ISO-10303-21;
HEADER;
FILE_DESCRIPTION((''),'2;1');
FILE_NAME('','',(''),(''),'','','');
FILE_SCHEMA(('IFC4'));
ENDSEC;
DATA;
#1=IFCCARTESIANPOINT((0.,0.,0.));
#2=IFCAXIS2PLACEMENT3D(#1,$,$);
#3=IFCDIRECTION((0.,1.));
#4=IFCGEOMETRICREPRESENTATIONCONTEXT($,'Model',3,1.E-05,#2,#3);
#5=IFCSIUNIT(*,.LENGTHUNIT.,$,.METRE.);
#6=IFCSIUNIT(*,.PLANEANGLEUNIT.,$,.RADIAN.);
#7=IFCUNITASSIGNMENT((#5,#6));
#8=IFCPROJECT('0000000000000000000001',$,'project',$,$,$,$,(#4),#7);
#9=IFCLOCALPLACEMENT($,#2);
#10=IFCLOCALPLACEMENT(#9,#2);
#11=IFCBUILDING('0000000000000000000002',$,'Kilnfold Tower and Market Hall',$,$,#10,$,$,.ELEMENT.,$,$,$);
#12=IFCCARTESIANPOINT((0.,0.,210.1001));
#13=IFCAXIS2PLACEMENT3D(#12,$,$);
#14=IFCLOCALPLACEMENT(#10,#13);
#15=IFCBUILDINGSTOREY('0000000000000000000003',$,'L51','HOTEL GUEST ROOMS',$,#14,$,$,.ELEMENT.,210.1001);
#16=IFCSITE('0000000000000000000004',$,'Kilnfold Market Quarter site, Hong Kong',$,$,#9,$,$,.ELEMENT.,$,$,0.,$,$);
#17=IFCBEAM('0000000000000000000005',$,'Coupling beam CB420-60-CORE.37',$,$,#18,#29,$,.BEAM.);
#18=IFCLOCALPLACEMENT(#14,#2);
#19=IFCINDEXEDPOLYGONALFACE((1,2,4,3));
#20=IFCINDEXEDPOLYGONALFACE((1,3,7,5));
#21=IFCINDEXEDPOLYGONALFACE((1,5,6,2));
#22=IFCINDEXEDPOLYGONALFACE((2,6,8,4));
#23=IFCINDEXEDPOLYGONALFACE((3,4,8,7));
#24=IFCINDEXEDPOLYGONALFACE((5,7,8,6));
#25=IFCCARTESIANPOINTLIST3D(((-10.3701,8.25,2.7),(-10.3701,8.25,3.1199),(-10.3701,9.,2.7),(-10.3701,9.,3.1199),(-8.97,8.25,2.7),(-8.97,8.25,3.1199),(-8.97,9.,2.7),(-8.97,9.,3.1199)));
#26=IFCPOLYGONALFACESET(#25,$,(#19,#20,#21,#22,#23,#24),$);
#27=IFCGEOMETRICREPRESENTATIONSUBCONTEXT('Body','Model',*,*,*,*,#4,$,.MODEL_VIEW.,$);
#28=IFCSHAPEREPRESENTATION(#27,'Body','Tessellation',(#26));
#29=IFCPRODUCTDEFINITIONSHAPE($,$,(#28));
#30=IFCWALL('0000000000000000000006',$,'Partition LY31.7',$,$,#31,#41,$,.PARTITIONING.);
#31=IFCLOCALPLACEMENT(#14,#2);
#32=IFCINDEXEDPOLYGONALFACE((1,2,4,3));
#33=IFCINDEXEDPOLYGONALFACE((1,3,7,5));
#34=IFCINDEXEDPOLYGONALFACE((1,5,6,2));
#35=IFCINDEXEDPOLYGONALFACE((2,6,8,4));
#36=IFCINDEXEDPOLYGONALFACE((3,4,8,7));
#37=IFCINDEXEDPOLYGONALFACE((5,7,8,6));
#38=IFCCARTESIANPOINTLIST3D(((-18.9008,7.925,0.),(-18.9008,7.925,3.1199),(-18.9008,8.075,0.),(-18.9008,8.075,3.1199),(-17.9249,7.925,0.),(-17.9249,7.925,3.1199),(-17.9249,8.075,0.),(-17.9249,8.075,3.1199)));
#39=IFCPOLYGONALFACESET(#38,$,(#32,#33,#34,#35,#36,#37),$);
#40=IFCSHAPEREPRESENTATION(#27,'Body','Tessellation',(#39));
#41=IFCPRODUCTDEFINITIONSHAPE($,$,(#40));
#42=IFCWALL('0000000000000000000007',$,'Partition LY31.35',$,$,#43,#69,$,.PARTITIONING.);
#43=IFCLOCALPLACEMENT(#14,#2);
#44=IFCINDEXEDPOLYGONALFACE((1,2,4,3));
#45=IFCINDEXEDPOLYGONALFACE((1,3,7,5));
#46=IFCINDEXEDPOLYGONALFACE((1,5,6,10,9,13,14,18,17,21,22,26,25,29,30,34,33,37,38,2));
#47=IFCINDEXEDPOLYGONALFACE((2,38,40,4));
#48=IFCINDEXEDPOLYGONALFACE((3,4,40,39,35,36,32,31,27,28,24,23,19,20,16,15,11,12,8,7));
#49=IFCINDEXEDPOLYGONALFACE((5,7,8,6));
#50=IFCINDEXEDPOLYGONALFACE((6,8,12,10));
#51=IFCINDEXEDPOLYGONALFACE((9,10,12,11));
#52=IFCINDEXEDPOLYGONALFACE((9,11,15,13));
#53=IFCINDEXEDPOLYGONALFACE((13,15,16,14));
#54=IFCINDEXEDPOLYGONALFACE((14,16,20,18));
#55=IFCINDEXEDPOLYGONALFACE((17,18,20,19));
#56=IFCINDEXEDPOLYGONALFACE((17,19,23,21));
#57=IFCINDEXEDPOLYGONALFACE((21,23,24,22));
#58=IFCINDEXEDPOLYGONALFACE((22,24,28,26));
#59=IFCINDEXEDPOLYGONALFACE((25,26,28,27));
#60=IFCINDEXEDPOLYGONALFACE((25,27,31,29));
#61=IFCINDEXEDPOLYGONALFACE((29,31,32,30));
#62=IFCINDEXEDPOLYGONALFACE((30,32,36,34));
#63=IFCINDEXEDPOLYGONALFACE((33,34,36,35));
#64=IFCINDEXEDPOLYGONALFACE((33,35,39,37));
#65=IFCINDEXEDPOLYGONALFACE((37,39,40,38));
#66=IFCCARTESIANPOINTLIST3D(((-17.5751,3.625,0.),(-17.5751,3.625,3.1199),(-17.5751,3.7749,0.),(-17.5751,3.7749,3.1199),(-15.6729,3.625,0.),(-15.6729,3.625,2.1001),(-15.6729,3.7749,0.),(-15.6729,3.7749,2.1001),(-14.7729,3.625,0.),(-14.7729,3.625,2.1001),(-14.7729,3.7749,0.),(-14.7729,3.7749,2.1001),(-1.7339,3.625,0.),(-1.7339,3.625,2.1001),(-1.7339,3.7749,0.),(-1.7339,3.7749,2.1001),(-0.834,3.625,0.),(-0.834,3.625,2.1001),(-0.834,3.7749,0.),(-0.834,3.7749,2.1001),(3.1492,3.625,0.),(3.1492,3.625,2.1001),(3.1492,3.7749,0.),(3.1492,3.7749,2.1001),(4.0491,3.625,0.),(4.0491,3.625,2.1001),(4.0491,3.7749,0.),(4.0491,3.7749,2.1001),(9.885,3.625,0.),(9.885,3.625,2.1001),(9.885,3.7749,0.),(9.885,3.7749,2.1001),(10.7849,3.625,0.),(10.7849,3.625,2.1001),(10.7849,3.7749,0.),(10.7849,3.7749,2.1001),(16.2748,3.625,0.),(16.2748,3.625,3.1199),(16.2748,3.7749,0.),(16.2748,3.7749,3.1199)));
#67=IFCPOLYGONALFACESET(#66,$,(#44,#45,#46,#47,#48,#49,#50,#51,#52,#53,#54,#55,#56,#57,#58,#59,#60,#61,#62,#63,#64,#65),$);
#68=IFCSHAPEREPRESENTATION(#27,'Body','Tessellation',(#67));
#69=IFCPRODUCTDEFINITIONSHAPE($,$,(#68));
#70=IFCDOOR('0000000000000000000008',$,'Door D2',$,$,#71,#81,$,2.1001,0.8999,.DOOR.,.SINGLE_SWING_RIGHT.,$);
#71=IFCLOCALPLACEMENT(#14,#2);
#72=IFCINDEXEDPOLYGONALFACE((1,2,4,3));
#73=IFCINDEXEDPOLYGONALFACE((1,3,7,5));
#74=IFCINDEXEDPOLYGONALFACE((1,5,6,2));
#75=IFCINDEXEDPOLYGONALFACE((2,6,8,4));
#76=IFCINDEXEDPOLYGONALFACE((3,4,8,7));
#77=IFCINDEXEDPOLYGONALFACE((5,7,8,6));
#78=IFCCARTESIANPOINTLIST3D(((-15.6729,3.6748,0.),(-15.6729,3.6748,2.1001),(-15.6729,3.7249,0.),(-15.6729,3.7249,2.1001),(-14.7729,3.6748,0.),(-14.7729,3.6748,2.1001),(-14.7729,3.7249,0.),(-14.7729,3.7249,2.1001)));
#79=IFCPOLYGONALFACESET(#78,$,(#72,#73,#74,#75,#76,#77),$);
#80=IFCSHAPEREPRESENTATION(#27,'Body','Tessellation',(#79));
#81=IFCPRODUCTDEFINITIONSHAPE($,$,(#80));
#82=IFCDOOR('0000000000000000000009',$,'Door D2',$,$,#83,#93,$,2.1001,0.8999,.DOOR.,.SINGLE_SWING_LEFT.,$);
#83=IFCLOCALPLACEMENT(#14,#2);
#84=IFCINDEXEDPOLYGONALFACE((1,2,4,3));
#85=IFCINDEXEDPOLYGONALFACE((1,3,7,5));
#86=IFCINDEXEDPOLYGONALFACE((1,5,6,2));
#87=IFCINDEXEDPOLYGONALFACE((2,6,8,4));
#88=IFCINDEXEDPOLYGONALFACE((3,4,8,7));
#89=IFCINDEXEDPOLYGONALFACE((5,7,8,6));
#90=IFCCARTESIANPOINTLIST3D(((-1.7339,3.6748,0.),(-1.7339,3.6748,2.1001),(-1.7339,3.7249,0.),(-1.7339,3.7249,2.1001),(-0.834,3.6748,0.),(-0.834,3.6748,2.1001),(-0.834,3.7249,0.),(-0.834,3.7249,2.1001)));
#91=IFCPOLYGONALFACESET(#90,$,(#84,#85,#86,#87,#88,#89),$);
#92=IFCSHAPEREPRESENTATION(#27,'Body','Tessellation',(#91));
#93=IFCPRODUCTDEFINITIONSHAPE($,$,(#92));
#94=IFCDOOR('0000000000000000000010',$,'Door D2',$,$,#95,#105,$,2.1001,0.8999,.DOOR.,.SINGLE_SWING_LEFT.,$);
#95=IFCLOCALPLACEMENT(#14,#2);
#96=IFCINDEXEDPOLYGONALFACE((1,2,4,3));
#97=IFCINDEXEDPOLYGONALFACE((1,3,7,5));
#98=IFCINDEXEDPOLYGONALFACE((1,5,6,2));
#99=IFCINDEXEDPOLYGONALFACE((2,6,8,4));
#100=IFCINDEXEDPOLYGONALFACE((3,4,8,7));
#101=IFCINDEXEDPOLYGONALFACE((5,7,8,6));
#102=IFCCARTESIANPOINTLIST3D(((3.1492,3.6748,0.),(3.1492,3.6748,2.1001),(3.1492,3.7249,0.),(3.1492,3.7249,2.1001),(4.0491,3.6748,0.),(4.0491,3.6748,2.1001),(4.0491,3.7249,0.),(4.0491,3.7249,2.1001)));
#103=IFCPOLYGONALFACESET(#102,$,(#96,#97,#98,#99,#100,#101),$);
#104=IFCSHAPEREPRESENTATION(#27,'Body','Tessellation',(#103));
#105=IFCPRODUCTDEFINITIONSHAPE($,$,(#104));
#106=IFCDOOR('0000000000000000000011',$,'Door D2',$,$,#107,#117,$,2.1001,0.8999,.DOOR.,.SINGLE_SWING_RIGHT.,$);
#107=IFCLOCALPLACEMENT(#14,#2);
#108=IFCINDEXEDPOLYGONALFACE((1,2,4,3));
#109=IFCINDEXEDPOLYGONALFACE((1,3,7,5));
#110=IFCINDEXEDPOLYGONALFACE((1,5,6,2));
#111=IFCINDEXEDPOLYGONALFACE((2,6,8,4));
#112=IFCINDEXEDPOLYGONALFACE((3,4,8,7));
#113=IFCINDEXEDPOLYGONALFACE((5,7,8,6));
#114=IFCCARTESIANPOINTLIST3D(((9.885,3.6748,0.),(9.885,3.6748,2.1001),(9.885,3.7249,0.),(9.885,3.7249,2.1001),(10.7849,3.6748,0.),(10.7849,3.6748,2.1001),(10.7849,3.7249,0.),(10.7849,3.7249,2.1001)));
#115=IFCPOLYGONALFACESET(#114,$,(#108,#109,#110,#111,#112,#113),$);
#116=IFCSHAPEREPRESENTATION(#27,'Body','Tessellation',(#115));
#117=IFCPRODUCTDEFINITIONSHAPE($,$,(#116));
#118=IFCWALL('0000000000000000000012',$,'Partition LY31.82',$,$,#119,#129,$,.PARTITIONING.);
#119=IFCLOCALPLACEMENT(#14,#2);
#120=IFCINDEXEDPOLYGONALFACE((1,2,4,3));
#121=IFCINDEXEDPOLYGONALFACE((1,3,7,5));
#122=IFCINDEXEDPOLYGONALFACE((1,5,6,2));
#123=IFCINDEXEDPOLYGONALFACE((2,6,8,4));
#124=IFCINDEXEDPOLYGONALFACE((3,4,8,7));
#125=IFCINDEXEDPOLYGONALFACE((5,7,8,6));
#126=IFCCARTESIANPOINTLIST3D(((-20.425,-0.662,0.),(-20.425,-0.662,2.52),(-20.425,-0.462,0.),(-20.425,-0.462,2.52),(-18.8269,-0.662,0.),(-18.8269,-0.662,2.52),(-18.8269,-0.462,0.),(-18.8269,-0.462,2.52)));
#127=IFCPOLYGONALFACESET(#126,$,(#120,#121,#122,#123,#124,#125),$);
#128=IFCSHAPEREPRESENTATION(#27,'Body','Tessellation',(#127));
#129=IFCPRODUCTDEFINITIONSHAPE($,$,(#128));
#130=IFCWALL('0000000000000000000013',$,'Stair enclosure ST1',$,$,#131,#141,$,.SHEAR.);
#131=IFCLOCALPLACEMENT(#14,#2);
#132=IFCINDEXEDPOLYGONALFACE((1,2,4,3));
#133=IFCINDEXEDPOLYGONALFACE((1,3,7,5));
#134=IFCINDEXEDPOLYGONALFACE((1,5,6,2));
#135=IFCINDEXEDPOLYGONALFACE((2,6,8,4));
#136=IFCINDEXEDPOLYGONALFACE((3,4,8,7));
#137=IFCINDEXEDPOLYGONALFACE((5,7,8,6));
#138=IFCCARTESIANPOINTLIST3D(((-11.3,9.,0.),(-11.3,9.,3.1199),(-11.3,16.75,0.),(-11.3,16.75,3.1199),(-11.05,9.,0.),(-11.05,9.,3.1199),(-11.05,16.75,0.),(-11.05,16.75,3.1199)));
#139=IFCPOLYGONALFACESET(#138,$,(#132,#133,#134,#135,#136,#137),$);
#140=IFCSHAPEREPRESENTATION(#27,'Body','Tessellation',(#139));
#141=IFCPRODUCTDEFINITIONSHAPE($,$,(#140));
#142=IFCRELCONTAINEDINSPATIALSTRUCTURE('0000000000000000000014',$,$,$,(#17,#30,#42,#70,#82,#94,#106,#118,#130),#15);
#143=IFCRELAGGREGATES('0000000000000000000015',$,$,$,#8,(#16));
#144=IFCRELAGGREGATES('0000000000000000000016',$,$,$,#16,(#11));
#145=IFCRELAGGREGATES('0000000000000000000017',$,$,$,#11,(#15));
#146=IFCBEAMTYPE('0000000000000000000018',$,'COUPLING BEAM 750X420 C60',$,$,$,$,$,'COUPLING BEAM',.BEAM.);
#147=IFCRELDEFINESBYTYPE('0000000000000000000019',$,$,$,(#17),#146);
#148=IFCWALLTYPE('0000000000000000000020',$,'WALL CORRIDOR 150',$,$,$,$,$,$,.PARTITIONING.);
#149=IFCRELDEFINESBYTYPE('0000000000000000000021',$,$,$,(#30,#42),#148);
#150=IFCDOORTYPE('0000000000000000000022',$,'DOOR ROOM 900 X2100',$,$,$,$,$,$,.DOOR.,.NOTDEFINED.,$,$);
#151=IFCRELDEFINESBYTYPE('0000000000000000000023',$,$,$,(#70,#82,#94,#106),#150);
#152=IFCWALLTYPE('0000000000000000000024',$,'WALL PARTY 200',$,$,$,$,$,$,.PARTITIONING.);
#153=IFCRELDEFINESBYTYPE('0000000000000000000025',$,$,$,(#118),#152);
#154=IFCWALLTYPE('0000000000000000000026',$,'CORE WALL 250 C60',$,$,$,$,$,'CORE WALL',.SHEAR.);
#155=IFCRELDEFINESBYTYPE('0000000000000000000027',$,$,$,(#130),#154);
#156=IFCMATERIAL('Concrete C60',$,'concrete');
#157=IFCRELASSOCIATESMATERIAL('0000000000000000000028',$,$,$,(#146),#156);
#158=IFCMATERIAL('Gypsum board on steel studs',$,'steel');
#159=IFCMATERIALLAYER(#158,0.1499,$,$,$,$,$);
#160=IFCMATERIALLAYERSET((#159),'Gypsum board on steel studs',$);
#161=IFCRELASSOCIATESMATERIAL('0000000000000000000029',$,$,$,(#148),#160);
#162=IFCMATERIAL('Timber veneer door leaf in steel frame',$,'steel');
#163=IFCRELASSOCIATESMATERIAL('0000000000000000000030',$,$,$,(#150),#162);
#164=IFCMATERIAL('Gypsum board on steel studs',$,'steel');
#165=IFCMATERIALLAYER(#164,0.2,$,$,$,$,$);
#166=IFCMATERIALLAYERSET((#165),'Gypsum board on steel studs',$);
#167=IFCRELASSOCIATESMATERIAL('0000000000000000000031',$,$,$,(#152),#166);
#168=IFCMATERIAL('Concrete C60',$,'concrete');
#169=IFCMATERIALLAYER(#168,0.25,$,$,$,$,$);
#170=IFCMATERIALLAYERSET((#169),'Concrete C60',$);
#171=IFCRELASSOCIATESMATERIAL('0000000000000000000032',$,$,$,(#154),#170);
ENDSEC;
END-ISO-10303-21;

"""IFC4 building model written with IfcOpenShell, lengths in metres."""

from ifc_helpers import new_model, si_unit, direction, frame, frame_2d, origin, origin_2d, place, context, subcontext, project, spatial, rectangle, extrude, source, transform, mapped, material, layer, layer_set, material_profile, profile_set, type_object, element, fill, save


model = new_model("IFC4")

# Units and contexts
model_context = context("Model", 3, precision=1e-05, world=origin(), true_north=direction((0.0, 1.0)))
body_context = subcontext(model_context, "Body", "Model", "MODEL_VIEW")
ifc_project = project(units=[si_unit("LENGTHUNIT", "METRE"), si_unit("PLANEANGLEUNIT", "RADIAN")], contexts=[model_context])

# Site, building, storey
site_placement = place(None, origin())
site = spatial("IfcSite", under=ifc_project, at=site_placement, Name="Kilnfold Market Quarter site, Hong Kong", CompositionType="ELEMENT", RefElevation=0.0)
building_placement = place(site_placement, origin())
building = spatial("IfcBuilding", under=site, at=building_placement, Name="Kilnfold Tower and Market Hall", CompositionType="ELEMENT")
storey_placement = place(building_placement, frame((0.0, 0.0, 210.1001)))
storey = spatial("IfcBuildingStorey", under=building, at=storey_placement, Name="L51", Description="HOTEL GUEST ROOMS", CompositionType="ELEMENT", Elevation=210.1001)

# Beam
ifc_material_1 = material(Name="Concrete C60", Category="concrete")
ifc_material_profile = material_profile(ifc_material_1, rectangle(XDim=0.75, YDim=0.4199, at=origin_2d()), Name="RC 750x420")
ifc_profile_set = profile_set([ifc_material_profile], Name="Concrete C60")
beam_type = type_object("IfcBeamType", Name="COUPLING BEAM 750X420 C60", ElementType="COUPLING BEAM", PredefinedType="BEAM", material=ifc_profile_set)
shared_shape_1 = source(origin(), body_context, "Body", "SweptSolid", [
    extrude(rectangle(XDim=0.75, YDim=0.4199, at=origin_2d()), origin(), (0.0, 0.0, 1.0), 1.4001),
])
beam_placement = place(storey_placement, frame((-10.3701, 8.625, 2.9099), z_axis=(1.0, 0.0, 0.0), x_axis=(0.0, 1.0, 0.0)))
element("IfcBeam", 1, at=beam_placement, inside=storey, type_object=beam_type, Name="Coupling beam CB420-60-CORE.37", PredefinedType="BEAM", context=body_context, shape_type="MappedRepresentation", body=[
    mapped(shared_shape_1, transform((0.0, 0.0, 0.0))),
])

# Wall
ifc_material_2 = material(Name="Gypsum board on steel studs", Category="steel")
ifc_layer_1 = layer(ifc_material_2, 0.1499)
ifc_layer_set_1 = layer_set([ifc_layer_1], Name="Gypsum board on steel studs")
wall_type_1 = type_object("IfcWallType", Name="WALL CORRIDOR 150", PredefinedType="PARTITIONING", material=ifc_layer_set_1)
wall_1_placement = place(storey_placement, frame((-17.925, 8.0, 0.0), z_axis=(0.0, 0.0, 1.0), x_axis=(-1.0, 0.0, 0.0)))
element("IfcWall", 2, at=wall_1_placement, inside=storey, type_object=wall_type_1, Name="Partition LY31.7", PredefinedType="PARTITIONING", context=body_context, shape_type="SweptSolid", body=[
    extrude(rectangle(XDim=0.9758, YDim=0.1499, at=frame_2d((0.4878, 0.0))), origin(), (0.0, 0.0, 1.0), 3.1199),
])

# Wall, openings, doors
wall_2_placement = place(storey_placement, frame((-17.575, 3.7, 0.0), z_axis=(0.0, 0.0, 1.0), x_axis=(1.0, 0.0, 0.0)))
wall_2 = element("IfcWall", 3, at=wall_2_placement, inside=storey, type_object=wall_type_1, Name="Partition LY31.35", PredefinedType="PARTITIONING", context=body_context, shape_type="SweptSolid", body=[
    extrude(rectangle(XDim=33.8499, YDim=0.1499, at=frame_2d((16.9248, 0.0))), origin(), (0.0, 0.0, 1.0), 3.1199),
])
opening_1_placement = place(wall_2_placement, frame((1.9021, 0.0, 0.0)))
opening_1 = element("IfcOpeningElement", 4, at=opening_1_placement, cuts=wall_2, PredefinedType="OPENING", context=body_context, shape_type="SweptSolid", body=[
    extrude(rectangle(XDim=0.8999, YDim=2.1001, at=frame_2d((0.45, 1.05))), frame((0.0, 0.085, 0.0), z_axis=(0.0, -1.0, 0.0), x_axis=(1.0, 0.0, 0.0)), (0.0, 0.0, 1.0), 0.1699),
])
opening_2_placement = place(wall_2_placement, frame((15.8411, 0.0, 0.0)))
opening_2 = element("IfcOpeningElement", 5, at=opening_2_placement, cuts=wall_2, PredefinedType="OPENING", context=body_context, shape_type="SweptSolid", body=[
    extrude(rectangle(XDim=0.8999, YDim=2.1001, at=frame_2d((0.45, 1.05))), frame((0.0, 0.085, 0.0), z_axis=(0.0, -1.0, 0.0), x_axis=(1.0, 0.0, 0.0)), (0.0, 0.0, 1.0), 0.1699),
])
opening_3_placement = place(wall_2_placement, frame((20.7241, 0.0, 0.0)))
opening_3 = element("IfcOpeningElement", 6, at=opening_3_placement, cuts=wall_2, PredefinedType="OPENING", context=body_context, shape_type="SweptSolid", body=[
    extrude(rectangle(XDim=0.8999, YDim=2.1001, at=frame_2d((0.45, 1.05))), frame((0.0, 0.085, 0.0), z_axis=(0.0, -1.0, 0.0), x_axis=(1.0, 0.0, 0.0)), (0.0, 0.0, 1.0), 0.1699),
])
opening_4_placement = place(wall_2_placement, frame((27.46, 0.0, 0.0)))
opening_4 = element("IfcOpeningElement", 7, at=opening_4_placement, cuts=wall_2, PredefinedType="OPENING", context=body_context, shape_type="SweptSolid", body=[
    extrude(rectangle(XDim=0.8999, YDim=2.1001, at=frame_2d((0.45, 1.05))), frame((0.0, 0.085, 0.0), z_axis=(0.0, -1.0, 0.0), x_axis=(1.0, 0.0, 0.0)), (0.0, 0.0, 1.0), 0.1699),
])
ifc_material_3 = material(Name="Timber veneer door leaf in steel frame", Category="steel")
door_type_1 = type_object("IfcDoorType", Name="DOOR ROOM 900 X2100", OperationType="NOTDEFINED", PredefinedType="DOOR", material=ifc_material_3)
door_1_placement = place(opening_1_placement, origin())
door_1 = element("IfcDoor", 8, at=door_1_placement, inside=storey, type_object=door_type_1, Name="Door D2", OperationType="SINGLE_SWING_RIGHT", OverallHeight=2.1001, OverallWidth=0.8999, PredefinedType="DOOR", context=body_context, shape_type="SweptSolid", body=[
    extrude(rectangle(XDim=0.8999, YDim=2.1001, at=frame_2d((0.45, 1.05))), frame((0.0, 0.0249, 0.0), z_axis=(0.0, -1.0, 0.0), x_axis=(1.0, 0.0, 0.0)), (0.0, 0.0, 1.0), 0.05),
])
fill(opening_1, door_1)
door_2_placement = place(opening_2_placement, origin())
door_2 = element("IfcDoor", 9, at=door_2_placement, inside=storey, type_object=door_type_1, Name="Door D2", OperationType="SINGLE_SWING_LEFT", OverallHeight=2.1001, OverallWidth=0.8999, PredefinedType="DOOR", context=body_context, shape_type="SweptSolid", body=[
    extrude(rectangle(XDim=0.8999, YDim=2.1001, at=frame_2d((0.45, 1.05))), frame((0.0, 0.0249, 0.0), z_axis=(0.0, -1.0, 0.0), x_axis=(1.0, 0.0, 0.0)), (0.0, 0.0, 1.0), 0.05),
])
fill(opening_2, door_2)
door_3_placement = place(opening_3_placement, origin())
door_3 = element("IfcDoor", 10, at=door_3_placement, inside=storey, type_object=door_type_1, Name="Door D2", OperationType="SINGLE_SWING_LEFT", OverallHeight=2.1001, OverallWidth=0.8999, PredefinedType="DOOR", context=body_context, shape_type="SweptSolid", body=[
    extrude(rectangle(XDim=0.8999, YDim=2.1001, at=frame_2d((0.45, 1.05))), frame((0.0, 0.0249, 0.0), z_axis=(0.0, -1.0, 0.0), x_axis=(1.0, 0.0, 0.0)), (0.0, 0.0, 1.0), 0.05),
])
fill(opening_3, door_3)
door_4_placement = place(opening_4_placement, origin())
door_4 = element("IfcDoor", 11, at=door_4_placement, inside=storey, type_object=door_type_1, Name="Door D2", OperationType="SINGLE_SWING_RIGHT", OverallHeight=2.1001, OverallWidth=0.8999, PredefinedType="DOOR", context=body_context, shape_type="SweptSolid", body=[
    extrude(rectangle(XDim=0.8999, YDim=2.1001, at=frame_2d((0.45, 1.05))), frame((0.0, 0.0249, 0.0), z_axis=(0.0, -1.0, 0.0), x_axis=(1.0, 0.0, 0.0)), (0.0, 0.0, 1.0), 0.05),
])
fill(opening_4, door_4)

# Walls
ifc_material_4 = material(Name="Gypsum board on steel studs", Category="steel")
ifc_layer_2 = layer(ifc_material_4, 0.2)
ifc_layer_set_2 = layer_set([ifc_layer_2], Name="Gypsum board on steel studs")
wall_type_2 = type_object("IfcWallType", Name="WALL PARTY 200", PredefinedType="PARTITIONING", material=ifc_layer_set_2)
wall_3_placement = place(storey_placement, frame((-18.8269, -0.562, 0.0), z_axis=(0.0, 0.0, 1.0), x_axis=(-1.0, 0.0, 0.0)))
element("IfcWall", 12, at=wall_3_placement, inside=storey, type_object=wall_type_2, Name="Partition LY31.82", PredefinedType="PARTITIONING", context=body_context, shape_type="SweptSolid", body=[
    extrude(rectangle(XDim=1.5981, YDim=0.2, at=frame_2d((0.7991, 0.0))), origin(), (0.0, 0.0, 1.0), 2.52),
])
ifc_material_5 = material(Name="Concrete C60", Category="concrete")
ifc_layer_3 = layer(ifc_material_5, 0.25)
ifc_layer_set_3 = layer_set([ifc_layer_3], Name="Concrete C60")
wall_type_3 = type_object("IfcWallType", Name="CORE WALL 250 C60", ElementType="CORE WALL", PredefinedType="SHEAR", material=ifc_layer_set_3)
shared_shape_2 = source(origin(), body_context, "Body", "SweptSolid", [
    extrude(rectangle(XDim=7.75, YDim=0.25, at=frame_2d((3.875, 0.0))), origin(), (0.0, 0.0, 1.0), 3.1199),
])
wall_4_placement = place(storey_placement, frame((-11.175, 9.0, 0.0), z_axis=(0.0, 0.0, 1.0), x_axis=(0.0, 1.0, 0.0)))
element("IfcWall", 13, at=wall_4_placement, inside=storey, type_object=wall_type_3, Name="Stair enclosure ST1", PredefinedType="SHEAR", context=body_context, shape_type="MappedRepresentation", body=[
    mapped(shared_shape_2, transform((0.0, 0.0, 0.0))),
])

save(model, "model.ifc")
